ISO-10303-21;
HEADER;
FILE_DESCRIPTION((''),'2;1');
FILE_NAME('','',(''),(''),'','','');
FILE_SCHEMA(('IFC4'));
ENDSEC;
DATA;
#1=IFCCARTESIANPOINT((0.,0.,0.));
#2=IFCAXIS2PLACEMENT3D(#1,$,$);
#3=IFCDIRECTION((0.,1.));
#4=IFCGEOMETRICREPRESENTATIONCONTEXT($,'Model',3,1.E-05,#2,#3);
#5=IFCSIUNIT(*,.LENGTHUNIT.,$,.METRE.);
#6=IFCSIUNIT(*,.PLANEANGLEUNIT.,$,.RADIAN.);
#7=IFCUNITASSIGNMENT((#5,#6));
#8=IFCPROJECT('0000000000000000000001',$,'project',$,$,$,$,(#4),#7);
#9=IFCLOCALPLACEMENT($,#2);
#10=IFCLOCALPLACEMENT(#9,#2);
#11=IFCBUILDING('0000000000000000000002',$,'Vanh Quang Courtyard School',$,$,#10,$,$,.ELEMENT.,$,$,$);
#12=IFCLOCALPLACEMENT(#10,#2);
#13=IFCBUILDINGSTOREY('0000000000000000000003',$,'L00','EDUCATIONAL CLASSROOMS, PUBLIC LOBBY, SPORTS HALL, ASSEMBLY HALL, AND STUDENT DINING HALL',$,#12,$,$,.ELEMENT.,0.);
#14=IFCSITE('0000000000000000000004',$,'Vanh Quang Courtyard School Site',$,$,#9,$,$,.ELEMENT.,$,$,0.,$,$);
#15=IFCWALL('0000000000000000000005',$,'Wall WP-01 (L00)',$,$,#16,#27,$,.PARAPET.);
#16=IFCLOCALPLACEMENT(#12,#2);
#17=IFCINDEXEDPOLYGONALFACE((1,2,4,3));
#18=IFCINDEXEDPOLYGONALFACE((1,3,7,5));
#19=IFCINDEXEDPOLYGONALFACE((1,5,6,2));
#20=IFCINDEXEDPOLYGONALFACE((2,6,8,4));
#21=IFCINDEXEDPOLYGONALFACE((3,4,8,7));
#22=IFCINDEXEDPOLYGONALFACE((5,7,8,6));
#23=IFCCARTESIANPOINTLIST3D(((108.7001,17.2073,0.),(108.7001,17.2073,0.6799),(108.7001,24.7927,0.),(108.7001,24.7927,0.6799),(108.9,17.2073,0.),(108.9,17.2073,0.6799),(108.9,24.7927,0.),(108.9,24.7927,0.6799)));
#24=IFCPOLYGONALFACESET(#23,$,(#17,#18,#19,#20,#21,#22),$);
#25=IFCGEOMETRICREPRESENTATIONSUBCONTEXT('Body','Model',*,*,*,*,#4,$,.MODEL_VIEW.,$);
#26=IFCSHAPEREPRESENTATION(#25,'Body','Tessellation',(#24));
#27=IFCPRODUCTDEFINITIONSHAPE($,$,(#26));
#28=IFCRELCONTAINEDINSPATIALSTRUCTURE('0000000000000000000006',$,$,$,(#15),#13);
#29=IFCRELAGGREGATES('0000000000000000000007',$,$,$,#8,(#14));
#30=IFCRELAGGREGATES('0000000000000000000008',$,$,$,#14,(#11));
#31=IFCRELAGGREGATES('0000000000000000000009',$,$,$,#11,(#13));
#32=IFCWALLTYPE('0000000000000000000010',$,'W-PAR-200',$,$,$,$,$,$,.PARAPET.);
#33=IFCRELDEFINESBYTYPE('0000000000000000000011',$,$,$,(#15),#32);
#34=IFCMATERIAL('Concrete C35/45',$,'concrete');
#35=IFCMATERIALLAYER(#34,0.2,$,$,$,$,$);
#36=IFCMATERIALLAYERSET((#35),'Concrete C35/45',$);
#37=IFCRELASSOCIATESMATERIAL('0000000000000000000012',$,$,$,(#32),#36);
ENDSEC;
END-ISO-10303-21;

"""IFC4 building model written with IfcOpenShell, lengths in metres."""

from ifc_helpers import new_model, si_unit, direction, frame, frame_2d, origin, place, context, subcontext, project, spatial, rectangle, extrude, material, layer, layer_set, type_object, element, save


model = new_model("IFC4")

# Units and contexts
model_context = context("Model", 3, precision=1e-05, world=origin(), true_north=direction((0.0, 1.0)))
body_context = subcontext(model_context, "Body", "Model", "MODEL_VIEW")
ifc_project = project(units=[si_unit("LENGTHUNIT", "METRE"), si_unit("PLANEANGLEUNIT", "RADIAN")], contexts=[model_context])

# Site, building, storey
site_placement = place(None, origin())
site = spatial("IfcSite", under=ifc_project, at=site_placement, Name="Vanh Quang Courtyard School Site", CompositionType="ELEMENT", RefElevation=0.0)
building_placement = place(site_placement, origin())
building = spatial("IfcBuilding", under=site, at=building_placement, Name="Vanh Quang Courtyard School", CompositionType="ELEMENT")
storey_placement = place(building_placement, origin())
storey = spatial("IfcBuildingStorey", under=building, at=storey_placement, Name="L00", Description="EDUCATIONAL CLASSROOMS, PUBLIC LOBBY, SPORTS HALL, ASSEMBLY HALL, AND STUDENT DINING HALL", CompositionType="ELEMENT", Elevation=0.0)

# Shared definitions
ifc_material_1 = material(Name="Concrete C35/45", Category="concrete")

# Wall
ifc_layer_1 = layer(ifc_material_1, 0.2)
ifc_layer_set_1 = layer_set([ifc_layer_1], Name="Concrete C35/45")
wall_type_1 = type_object("IfcWallType", Name="W-PAR-200", PredefinedType="PARAPET", material=ifc_layer_set_1)
wall_1_placement = place(storey_placement, frame((108.8, 24.7927, 0.0), z_axis=(0.0, 0.0, 1.0), x_axis=(0.0, -1.0, 0.0)))
element("IfcWall", 1, at=wall_1_placement, inside=storey, type_object=wall_type_1, Name="Wall WP-01 (L00)", PredefinedType="PARAPET", context=body_context, shape_type="SweptSolid", body=[
    extrude(rectangle(XDim=7.5854, YDim=0.2, at=frame_2d((3.7927, 0.0))), origin(), (0.0, 0.0, 1.0), 0.6799),
])

save(model, "model.ifc")
